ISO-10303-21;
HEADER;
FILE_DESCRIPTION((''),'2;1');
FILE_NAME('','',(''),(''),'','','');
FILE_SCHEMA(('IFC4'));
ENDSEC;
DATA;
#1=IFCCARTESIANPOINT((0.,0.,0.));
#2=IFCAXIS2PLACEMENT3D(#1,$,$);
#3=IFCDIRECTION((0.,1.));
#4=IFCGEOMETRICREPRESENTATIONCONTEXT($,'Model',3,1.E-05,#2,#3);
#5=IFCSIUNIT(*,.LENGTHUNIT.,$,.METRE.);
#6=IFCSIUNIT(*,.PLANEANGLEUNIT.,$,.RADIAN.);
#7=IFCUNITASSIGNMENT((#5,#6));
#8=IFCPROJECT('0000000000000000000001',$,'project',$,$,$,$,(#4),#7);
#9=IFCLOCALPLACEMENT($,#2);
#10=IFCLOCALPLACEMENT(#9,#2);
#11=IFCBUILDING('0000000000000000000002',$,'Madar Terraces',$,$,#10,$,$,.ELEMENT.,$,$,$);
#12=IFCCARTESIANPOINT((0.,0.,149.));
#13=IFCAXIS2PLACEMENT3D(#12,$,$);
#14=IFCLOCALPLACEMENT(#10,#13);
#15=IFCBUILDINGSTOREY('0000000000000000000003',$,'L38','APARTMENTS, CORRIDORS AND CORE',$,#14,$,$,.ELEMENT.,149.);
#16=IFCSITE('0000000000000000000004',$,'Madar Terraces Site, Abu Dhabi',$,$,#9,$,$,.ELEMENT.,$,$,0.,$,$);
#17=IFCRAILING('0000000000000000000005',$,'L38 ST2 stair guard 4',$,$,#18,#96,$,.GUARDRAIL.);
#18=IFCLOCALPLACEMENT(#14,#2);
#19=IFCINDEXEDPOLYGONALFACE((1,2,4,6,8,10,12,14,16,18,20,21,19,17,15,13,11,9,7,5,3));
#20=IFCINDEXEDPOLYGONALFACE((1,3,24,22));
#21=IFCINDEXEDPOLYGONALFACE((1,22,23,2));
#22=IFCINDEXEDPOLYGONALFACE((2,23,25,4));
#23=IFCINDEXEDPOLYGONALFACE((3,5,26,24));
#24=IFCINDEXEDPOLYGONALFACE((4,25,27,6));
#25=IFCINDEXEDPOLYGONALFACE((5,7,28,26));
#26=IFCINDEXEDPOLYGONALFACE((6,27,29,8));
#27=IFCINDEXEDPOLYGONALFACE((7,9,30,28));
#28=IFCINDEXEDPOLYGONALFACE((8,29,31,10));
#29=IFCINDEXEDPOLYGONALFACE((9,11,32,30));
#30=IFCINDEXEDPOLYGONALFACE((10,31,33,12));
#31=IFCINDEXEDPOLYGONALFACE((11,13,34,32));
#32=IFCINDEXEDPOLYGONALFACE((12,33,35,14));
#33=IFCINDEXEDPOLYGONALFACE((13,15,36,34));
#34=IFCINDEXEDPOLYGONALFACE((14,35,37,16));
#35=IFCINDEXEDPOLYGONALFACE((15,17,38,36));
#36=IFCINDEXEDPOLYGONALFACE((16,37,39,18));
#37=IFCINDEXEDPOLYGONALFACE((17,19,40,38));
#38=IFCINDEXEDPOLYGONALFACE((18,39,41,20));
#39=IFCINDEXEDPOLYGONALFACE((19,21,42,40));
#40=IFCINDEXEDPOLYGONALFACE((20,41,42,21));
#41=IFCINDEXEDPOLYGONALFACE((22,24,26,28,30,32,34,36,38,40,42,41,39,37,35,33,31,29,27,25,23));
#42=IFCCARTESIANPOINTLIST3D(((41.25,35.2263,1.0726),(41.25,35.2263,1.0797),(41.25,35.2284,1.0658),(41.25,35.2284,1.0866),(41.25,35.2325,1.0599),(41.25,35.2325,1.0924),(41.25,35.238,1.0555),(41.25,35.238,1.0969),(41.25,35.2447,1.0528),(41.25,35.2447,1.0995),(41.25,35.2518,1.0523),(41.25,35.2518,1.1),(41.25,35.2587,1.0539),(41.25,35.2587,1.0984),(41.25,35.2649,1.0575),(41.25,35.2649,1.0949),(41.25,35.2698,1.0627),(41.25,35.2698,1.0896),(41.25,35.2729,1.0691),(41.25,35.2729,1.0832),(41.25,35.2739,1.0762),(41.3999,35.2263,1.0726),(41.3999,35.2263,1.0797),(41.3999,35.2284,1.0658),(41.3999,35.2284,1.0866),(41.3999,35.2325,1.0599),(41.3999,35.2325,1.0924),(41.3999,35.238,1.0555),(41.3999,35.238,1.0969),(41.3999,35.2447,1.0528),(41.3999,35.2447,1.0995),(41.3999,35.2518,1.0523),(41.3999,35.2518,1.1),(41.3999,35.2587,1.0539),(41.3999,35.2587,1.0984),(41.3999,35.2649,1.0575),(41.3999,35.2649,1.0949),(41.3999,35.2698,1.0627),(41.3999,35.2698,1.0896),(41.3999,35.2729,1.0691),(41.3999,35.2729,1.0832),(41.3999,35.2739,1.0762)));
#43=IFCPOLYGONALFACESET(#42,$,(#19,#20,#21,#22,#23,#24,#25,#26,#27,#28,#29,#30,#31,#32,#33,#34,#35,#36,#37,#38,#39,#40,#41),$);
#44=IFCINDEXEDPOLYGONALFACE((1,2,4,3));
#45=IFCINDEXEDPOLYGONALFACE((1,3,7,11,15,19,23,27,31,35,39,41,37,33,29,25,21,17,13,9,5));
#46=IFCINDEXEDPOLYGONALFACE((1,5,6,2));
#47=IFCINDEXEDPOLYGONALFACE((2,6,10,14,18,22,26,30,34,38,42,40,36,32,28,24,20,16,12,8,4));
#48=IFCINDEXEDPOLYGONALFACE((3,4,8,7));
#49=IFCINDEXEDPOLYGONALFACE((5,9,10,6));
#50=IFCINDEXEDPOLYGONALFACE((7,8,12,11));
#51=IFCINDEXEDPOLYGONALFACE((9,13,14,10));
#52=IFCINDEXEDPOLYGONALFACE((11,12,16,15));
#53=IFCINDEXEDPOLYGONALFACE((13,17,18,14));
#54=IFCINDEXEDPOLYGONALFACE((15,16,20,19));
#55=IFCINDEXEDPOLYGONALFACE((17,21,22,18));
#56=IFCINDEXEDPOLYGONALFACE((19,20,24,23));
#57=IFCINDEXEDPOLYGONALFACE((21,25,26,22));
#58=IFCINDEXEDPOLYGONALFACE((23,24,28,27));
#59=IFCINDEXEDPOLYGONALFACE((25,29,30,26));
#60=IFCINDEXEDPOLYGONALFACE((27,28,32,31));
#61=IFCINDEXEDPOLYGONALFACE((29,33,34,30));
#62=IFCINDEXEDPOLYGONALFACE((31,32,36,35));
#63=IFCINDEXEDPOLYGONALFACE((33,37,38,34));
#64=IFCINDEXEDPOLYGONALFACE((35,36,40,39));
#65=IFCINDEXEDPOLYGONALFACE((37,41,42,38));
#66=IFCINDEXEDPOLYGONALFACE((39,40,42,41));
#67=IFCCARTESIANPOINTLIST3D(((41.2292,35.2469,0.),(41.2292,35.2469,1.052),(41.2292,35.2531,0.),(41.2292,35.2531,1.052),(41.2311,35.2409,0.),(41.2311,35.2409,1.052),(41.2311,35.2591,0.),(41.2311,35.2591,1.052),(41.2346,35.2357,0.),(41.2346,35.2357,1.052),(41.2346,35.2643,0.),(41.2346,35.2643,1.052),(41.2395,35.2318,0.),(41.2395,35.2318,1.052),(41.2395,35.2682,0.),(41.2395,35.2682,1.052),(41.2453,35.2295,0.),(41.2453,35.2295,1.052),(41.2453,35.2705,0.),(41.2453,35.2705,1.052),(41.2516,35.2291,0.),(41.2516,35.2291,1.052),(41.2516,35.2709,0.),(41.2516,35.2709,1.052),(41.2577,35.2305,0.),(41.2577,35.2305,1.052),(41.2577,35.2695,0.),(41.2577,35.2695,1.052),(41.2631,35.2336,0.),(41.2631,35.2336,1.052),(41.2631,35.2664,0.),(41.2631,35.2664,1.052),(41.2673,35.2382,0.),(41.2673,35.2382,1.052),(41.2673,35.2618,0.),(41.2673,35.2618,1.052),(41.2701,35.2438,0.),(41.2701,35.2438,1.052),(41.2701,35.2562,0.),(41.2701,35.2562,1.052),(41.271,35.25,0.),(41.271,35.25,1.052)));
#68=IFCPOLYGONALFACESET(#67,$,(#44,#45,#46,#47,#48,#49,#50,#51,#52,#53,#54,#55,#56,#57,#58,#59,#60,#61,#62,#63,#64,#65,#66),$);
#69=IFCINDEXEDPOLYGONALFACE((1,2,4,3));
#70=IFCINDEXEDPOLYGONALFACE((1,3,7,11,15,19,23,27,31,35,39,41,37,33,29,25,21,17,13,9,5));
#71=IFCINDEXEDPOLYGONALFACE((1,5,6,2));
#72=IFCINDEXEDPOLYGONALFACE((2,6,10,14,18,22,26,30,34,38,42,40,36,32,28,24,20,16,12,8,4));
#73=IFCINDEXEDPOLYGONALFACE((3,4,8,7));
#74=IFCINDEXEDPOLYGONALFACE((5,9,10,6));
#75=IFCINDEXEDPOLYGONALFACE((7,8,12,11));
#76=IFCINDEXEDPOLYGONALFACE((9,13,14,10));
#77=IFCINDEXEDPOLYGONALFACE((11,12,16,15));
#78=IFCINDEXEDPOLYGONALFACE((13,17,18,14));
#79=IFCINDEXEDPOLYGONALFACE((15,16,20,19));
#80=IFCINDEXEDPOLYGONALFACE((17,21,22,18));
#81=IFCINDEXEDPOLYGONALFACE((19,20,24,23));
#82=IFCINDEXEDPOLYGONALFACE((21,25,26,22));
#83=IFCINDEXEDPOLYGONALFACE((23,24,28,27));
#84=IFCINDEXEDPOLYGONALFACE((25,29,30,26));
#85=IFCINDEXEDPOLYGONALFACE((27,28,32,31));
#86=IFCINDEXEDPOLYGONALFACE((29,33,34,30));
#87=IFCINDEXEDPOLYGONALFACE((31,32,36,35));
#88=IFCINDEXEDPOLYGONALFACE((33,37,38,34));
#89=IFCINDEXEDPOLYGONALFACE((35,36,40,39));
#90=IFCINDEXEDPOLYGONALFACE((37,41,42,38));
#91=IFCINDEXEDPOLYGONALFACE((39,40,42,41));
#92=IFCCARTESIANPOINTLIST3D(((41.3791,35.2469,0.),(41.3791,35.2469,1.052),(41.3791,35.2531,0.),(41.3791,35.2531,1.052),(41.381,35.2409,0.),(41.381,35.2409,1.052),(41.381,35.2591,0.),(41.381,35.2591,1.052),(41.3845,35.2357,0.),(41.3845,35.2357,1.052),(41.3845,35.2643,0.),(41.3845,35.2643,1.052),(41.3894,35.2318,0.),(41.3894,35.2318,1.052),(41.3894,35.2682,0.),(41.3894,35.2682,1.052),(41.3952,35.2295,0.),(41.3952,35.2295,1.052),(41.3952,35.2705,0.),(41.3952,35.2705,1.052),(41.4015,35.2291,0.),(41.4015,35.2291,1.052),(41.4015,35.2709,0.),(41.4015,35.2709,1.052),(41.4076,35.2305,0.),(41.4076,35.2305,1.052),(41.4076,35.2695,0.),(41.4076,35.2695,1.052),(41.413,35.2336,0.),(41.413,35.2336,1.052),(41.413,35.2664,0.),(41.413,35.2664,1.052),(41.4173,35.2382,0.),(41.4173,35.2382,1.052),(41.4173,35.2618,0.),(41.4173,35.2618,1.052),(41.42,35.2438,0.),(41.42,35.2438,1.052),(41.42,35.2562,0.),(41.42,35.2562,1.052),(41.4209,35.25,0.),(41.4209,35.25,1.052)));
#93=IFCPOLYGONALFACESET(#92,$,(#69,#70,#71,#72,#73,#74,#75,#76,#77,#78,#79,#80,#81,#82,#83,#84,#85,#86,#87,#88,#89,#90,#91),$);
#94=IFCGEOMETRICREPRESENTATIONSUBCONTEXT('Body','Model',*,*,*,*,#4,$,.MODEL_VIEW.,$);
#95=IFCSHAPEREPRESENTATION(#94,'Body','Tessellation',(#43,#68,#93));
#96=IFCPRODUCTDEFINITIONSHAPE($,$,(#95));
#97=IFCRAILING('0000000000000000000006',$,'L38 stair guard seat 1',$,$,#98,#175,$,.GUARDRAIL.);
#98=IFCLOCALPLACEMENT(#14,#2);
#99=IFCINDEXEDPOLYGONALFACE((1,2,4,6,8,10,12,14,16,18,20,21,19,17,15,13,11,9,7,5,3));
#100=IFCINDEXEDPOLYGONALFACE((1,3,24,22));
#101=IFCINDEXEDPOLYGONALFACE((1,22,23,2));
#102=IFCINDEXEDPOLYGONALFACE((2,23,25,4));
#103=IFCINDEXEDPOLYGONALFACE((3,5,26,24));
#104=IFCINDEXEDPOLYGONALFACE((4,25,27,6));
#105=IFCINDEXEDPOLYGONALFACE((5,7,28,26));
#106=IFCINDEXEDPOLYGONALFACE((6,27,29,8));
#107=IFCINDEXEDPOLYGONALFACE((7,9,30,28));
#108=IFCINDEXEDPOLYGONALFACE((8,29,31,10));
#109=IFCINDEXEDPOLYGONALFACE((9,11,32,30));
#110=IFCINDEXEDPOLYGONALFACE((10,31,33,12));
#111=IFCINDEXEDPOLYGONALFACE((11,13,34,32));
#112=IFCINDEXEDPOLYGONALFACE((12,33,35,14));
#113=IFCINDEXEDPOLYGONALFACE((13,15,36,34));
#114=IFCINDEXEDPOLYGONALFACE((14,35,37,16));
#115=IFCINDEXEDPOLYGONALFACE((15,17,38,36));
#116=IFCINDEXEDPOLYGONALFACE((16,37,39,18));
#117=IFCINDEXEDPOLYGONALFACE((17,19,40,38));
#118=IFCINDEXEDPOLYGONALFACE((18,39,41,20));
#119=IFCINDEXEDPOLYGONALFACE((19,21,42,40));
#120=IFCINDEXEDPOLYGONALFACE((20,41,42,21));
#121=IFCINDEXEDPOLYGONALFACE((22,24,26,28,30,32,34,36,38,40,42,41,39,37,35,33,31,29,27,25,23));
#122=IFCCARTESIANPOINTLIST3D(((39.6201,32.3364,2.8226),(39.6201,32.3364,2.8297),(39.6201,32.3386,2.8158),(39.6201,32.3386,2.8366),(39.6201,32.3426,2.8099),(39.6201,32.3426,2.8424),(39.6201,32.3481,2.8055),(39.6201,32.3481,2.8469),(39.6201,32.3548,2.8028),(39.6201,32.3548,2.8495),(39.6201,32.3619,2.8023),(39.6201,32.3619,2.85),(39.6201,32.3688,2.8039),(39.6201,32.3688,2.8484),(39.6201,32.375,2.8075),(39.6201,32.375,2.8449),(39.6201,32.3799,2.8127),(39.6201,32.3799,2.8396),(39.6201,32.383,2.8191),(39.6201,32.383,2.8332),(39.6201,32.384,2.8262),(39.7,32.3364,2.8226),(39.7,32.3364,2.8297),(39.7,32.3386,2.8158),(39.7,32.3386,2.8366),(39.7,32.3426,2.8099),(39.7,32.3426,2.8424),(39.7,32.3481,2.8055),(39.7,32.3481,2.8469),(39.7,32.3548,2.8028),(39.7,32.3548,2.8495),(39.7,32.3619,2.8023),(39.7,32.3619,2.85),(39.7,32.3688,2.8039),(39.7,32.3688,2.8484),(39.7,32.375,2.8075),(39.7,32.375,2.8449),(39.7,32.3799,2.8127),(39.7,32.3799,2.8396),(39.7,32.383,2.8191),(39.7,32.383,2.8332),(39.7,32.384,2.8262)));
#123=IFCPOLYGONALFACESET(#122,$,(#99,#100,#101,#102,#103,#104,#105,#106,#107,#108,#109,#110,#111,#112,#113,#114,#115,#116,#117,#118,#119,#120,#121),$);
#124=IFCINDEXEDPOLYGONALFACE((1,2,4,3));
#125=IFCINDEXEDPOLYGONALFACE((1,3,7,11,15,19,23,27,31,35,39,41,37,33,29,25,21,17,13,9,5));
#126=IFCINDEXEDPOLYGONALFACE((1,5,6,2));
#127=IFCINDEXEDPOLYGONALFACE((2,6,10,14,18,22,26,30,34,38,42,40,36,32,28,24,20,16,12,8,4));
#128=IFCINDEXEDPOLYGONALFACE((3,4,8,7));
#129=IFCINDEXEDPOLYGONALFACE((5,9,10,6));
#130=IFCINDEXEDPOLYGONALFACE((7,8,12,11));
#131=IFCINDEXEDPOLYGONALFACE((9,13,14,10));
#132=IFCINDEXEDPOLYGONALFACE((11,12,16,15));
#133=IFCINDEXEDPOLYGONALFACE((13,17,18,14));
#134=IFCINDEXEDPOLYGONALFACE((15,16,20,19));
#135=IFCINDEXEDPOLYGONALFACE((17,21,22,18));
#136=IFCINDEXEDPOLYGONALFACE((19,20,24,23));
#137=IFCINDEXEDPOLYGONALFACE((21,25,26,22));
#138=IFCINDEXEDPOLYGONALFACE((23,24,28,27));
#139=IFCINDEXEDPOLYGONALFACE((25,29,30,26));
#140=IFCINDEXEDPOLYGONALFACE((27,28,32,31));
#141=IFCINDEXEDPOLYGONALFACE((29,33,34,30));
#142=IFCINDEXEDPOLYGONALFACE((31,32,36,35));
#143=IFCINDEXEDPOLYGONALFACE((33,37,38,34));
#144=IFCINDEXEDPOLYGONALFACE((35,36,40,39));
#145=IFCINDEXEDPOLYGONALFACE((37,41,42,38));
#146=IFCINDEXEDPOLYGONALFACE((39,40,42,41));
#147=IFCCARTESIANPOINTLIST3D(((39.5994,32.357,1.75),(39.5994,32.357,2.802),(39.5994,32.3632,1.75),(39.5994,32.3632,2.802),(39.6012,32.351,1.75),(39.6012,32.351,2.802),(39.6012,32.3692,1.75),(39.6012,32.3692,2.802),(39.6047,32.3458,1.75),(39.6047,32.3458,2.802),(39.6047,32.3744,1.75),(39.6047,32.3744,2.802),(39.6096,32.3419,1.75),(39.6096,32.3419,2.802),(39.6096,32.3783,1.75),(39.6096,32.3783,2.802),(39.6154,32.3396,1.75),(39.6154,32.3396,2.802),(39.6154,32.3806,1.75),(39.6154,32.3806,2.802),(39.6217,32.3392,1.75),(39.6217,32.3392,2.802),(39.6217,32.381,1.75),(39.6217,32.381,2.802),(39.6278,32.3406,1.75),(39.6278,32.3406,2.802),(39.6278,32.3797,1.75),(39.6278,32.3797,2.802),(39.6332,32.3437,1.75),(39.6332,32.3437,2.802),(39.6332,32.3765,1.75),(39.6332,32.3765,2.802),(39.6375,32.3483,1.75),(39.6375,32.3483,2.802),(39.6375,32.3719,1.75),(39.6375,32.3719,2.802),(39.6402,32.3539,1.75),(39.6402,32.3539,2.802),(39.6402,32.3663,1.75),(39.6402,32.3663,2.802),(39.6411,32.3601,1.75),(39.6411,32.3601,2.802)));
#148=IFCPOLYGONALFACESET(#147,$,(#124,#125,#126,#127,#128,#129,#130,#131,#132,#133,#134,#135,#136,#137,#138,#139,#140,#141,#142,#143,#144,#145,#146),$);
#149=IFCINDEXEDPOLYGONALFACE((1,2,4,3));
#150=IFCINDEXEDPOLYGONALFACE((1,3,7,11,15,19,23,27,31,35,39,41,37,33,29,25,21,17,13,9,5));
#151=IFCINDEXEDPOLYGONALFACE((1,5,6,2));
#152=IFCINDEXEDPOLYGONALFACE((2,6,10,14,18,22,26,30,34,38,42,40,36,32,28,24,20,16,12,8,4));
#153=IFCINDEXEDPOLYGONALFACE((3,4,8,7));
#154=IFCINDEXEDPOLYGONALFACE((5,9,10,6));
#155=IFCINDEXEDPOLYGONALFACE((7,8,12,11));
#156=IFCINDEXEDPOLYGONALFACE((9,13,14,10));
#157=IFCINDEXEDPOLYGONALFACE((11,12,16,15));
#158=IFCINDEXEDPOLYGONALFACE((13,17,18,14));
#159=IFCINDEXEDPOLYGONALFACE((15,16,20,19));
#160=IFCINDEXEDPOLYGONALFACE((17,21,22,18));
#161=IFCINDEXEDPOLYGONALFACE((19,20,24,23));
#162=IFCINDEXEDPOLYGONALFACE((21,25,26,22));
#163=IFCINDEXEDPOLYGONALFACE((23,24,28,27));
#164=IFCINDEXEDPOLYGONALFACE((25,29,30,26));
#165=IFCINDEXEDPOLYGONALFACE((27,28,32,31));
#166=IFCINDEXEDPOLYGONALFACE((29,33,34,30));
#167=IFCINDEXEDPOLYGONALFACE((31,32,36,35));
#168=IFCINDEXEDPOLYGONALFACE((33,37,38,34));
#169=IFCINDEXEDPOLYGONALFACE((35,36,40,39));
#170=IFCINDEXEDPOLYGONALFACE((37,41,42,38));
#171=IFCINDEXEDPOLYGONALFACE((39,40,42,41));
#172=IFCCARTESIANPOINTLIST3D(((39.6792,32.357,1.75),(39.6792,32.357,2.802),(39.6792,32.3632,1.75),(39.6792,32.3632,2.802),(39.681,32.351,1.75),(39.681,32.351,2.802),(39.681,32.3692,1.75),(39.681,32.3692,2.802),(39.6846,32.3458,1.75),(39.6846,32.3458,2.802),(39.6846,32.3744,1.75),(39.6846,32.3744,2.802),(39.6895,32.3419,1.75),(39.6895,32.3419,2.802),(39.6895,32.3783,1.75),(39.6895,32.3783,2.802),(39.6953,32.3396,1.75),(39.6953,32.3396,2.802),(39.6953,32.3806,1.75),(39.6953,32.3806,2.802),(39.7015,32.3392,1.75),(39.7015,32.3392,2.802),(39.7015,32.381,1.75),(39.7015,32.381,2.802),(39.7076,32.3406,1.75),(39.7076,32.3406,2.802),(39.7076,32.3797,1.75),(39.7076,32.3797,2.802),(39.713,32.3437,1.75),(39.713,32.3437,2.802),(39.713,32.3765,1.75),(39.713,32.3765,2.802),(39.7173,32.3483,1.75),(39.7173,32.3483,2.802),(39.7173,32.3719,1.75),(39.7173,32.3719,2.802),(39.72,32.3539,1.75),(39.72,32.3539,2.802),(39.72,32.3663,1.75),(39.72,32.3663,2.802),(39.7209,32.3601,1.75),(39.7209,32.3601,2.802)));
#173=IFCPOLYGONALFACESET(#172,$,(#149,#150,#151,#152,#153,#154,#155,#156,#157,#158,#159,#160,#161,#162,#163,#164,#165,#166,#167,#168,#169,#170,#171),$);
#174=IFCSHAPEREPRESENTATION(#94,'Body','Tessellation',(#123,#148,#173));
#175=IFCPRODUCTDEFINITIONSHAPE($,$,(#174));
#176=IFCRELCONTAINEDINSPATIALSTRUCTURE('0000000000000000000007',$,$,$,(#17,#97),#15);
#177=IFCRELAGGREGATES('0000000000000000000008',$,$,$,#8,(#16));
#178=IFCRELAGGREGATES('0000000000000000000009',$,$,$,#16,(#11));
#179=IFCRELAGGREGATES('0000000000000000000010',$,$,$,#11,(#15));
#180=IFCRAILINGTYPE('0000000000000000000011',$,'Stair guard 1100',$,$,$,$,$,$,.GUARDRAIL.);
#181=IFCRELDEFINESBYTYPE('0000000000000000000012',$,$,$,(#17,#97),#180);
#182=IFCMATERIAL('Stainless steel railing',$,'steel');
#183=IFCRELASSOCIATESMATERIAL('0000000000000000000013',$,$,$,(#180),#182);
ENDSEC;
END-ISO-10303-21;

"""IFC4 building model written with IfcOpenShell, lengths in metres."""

from ifc_helpers import new_model, si_unit, direction, frame, origin, origin_2d, place, context, subcontext, project, spatial, circle, extrude, material, type_object, element, save


model = new_model("IFC4")

# Units and contexts
model_context = context("Model", 3, precision=1e-05, world=origin(), true_north=direction((0.0, 1.0)))
body_context = subcontext(model_context, "Body", "Model", "MODEL_VIEW")
ifc_project = project(units=[si_unit("LENGTHUNIT", "METRE"), si_unit("PLANEANGLEUNIT", "RADIAN")], contexts=[model_context])

# Site, building, storey
site_placement = place(None, origin())
site = spatial("IfcSite", under=ifc_project, at=site_placement, Name="Madar Terraces Site, Abu Dhabi", CompositionType="ELEMENT", RefElevation=0.0)
building_placement = place(site_placement, origin())
building = spatial("IfcBuilding", under=site, at=building_placement, Name="Madar Terraces", CompositionType="ELEMENT")
storey_placement = place(building_placement, frame((0.0, 0.0, 149.0)))
storey = spatial("IfcBuildingStorey", under=building, at=storey_placement, Name="L38", Description="APARTMENTS, CORRIDORS AND CORE", CompositionType="ELEMENT", Elevation=149.0)

# Railings
ifc_material_1 = material(Name="Stainless steel railing", Category="steel")
railing_type_1 = type_object("IfcRailingType", Name="Stair guard 1100", PredefinedType="GUARDRAIL", material=ifc_material_1)
railing_1_placement = place(storey_placement, frame((41.25, 35.25, 0.0)))
element("IfcRailing", 1, at=railing_1_placement, inside=storey, type_object=railing_type_1, Name="L38 ST2 stair guard 4", PredefinedType="GUARDRAIL", context=body_context, shape_type="SweptSolid", body=[
    extrude(circle(Radius=0.0239, at=origin_2d()), frame((0.0, 0.0, 1.0762), z_axis=(1.0, 0.0, 0.0), x_axis=(0.0, 1.0, 0.0)), (0.0, 0.0, 1.0), 0.1499),
    extrude(circle(Radius=0.021, at=origin_2d()), origin(), (0.0, 0.0, 1.0), 1.052),
    extrude(circle(Radius=0.021, at=origin_2d()), frame((0.1499, 0.0, 0.0)), (0.0, 0.0, 1.0), 1.052),
])
railing_2_placement = place(storey_placement, frame((39.6201, 32.3601, 1.75)))
element("IfcRailing", 2, at=railing_2_placement, inside=storey, type_object=railing_type_1, Name="L38 stair guard seat 1", PredefinedType="GUARDRAIL", context=body_context, shape_type="SweptSolid", body=[
    extrude(circle(Radius=0.0239, at=origin_2d()), frame((0.0, 0.0, 1.0762), z_axis=(1.0, 0.0, 0.0), x_axis=(0.0, 1.0, 0.0)), (0.0, 0.0, 1.0), 0.0798),
    extrude(circle(Radius=0.021, at=origin_2d()), origin(), (0.0, 0.0, 1.0), 1.052),
    extrude(circle(Radius=0.021, at=origin_2d()), frame((0.0798, 0.0, 0.0)), (0.0, 0.0, 1.0), 1.052),
])

save(model, "model.ifc")
